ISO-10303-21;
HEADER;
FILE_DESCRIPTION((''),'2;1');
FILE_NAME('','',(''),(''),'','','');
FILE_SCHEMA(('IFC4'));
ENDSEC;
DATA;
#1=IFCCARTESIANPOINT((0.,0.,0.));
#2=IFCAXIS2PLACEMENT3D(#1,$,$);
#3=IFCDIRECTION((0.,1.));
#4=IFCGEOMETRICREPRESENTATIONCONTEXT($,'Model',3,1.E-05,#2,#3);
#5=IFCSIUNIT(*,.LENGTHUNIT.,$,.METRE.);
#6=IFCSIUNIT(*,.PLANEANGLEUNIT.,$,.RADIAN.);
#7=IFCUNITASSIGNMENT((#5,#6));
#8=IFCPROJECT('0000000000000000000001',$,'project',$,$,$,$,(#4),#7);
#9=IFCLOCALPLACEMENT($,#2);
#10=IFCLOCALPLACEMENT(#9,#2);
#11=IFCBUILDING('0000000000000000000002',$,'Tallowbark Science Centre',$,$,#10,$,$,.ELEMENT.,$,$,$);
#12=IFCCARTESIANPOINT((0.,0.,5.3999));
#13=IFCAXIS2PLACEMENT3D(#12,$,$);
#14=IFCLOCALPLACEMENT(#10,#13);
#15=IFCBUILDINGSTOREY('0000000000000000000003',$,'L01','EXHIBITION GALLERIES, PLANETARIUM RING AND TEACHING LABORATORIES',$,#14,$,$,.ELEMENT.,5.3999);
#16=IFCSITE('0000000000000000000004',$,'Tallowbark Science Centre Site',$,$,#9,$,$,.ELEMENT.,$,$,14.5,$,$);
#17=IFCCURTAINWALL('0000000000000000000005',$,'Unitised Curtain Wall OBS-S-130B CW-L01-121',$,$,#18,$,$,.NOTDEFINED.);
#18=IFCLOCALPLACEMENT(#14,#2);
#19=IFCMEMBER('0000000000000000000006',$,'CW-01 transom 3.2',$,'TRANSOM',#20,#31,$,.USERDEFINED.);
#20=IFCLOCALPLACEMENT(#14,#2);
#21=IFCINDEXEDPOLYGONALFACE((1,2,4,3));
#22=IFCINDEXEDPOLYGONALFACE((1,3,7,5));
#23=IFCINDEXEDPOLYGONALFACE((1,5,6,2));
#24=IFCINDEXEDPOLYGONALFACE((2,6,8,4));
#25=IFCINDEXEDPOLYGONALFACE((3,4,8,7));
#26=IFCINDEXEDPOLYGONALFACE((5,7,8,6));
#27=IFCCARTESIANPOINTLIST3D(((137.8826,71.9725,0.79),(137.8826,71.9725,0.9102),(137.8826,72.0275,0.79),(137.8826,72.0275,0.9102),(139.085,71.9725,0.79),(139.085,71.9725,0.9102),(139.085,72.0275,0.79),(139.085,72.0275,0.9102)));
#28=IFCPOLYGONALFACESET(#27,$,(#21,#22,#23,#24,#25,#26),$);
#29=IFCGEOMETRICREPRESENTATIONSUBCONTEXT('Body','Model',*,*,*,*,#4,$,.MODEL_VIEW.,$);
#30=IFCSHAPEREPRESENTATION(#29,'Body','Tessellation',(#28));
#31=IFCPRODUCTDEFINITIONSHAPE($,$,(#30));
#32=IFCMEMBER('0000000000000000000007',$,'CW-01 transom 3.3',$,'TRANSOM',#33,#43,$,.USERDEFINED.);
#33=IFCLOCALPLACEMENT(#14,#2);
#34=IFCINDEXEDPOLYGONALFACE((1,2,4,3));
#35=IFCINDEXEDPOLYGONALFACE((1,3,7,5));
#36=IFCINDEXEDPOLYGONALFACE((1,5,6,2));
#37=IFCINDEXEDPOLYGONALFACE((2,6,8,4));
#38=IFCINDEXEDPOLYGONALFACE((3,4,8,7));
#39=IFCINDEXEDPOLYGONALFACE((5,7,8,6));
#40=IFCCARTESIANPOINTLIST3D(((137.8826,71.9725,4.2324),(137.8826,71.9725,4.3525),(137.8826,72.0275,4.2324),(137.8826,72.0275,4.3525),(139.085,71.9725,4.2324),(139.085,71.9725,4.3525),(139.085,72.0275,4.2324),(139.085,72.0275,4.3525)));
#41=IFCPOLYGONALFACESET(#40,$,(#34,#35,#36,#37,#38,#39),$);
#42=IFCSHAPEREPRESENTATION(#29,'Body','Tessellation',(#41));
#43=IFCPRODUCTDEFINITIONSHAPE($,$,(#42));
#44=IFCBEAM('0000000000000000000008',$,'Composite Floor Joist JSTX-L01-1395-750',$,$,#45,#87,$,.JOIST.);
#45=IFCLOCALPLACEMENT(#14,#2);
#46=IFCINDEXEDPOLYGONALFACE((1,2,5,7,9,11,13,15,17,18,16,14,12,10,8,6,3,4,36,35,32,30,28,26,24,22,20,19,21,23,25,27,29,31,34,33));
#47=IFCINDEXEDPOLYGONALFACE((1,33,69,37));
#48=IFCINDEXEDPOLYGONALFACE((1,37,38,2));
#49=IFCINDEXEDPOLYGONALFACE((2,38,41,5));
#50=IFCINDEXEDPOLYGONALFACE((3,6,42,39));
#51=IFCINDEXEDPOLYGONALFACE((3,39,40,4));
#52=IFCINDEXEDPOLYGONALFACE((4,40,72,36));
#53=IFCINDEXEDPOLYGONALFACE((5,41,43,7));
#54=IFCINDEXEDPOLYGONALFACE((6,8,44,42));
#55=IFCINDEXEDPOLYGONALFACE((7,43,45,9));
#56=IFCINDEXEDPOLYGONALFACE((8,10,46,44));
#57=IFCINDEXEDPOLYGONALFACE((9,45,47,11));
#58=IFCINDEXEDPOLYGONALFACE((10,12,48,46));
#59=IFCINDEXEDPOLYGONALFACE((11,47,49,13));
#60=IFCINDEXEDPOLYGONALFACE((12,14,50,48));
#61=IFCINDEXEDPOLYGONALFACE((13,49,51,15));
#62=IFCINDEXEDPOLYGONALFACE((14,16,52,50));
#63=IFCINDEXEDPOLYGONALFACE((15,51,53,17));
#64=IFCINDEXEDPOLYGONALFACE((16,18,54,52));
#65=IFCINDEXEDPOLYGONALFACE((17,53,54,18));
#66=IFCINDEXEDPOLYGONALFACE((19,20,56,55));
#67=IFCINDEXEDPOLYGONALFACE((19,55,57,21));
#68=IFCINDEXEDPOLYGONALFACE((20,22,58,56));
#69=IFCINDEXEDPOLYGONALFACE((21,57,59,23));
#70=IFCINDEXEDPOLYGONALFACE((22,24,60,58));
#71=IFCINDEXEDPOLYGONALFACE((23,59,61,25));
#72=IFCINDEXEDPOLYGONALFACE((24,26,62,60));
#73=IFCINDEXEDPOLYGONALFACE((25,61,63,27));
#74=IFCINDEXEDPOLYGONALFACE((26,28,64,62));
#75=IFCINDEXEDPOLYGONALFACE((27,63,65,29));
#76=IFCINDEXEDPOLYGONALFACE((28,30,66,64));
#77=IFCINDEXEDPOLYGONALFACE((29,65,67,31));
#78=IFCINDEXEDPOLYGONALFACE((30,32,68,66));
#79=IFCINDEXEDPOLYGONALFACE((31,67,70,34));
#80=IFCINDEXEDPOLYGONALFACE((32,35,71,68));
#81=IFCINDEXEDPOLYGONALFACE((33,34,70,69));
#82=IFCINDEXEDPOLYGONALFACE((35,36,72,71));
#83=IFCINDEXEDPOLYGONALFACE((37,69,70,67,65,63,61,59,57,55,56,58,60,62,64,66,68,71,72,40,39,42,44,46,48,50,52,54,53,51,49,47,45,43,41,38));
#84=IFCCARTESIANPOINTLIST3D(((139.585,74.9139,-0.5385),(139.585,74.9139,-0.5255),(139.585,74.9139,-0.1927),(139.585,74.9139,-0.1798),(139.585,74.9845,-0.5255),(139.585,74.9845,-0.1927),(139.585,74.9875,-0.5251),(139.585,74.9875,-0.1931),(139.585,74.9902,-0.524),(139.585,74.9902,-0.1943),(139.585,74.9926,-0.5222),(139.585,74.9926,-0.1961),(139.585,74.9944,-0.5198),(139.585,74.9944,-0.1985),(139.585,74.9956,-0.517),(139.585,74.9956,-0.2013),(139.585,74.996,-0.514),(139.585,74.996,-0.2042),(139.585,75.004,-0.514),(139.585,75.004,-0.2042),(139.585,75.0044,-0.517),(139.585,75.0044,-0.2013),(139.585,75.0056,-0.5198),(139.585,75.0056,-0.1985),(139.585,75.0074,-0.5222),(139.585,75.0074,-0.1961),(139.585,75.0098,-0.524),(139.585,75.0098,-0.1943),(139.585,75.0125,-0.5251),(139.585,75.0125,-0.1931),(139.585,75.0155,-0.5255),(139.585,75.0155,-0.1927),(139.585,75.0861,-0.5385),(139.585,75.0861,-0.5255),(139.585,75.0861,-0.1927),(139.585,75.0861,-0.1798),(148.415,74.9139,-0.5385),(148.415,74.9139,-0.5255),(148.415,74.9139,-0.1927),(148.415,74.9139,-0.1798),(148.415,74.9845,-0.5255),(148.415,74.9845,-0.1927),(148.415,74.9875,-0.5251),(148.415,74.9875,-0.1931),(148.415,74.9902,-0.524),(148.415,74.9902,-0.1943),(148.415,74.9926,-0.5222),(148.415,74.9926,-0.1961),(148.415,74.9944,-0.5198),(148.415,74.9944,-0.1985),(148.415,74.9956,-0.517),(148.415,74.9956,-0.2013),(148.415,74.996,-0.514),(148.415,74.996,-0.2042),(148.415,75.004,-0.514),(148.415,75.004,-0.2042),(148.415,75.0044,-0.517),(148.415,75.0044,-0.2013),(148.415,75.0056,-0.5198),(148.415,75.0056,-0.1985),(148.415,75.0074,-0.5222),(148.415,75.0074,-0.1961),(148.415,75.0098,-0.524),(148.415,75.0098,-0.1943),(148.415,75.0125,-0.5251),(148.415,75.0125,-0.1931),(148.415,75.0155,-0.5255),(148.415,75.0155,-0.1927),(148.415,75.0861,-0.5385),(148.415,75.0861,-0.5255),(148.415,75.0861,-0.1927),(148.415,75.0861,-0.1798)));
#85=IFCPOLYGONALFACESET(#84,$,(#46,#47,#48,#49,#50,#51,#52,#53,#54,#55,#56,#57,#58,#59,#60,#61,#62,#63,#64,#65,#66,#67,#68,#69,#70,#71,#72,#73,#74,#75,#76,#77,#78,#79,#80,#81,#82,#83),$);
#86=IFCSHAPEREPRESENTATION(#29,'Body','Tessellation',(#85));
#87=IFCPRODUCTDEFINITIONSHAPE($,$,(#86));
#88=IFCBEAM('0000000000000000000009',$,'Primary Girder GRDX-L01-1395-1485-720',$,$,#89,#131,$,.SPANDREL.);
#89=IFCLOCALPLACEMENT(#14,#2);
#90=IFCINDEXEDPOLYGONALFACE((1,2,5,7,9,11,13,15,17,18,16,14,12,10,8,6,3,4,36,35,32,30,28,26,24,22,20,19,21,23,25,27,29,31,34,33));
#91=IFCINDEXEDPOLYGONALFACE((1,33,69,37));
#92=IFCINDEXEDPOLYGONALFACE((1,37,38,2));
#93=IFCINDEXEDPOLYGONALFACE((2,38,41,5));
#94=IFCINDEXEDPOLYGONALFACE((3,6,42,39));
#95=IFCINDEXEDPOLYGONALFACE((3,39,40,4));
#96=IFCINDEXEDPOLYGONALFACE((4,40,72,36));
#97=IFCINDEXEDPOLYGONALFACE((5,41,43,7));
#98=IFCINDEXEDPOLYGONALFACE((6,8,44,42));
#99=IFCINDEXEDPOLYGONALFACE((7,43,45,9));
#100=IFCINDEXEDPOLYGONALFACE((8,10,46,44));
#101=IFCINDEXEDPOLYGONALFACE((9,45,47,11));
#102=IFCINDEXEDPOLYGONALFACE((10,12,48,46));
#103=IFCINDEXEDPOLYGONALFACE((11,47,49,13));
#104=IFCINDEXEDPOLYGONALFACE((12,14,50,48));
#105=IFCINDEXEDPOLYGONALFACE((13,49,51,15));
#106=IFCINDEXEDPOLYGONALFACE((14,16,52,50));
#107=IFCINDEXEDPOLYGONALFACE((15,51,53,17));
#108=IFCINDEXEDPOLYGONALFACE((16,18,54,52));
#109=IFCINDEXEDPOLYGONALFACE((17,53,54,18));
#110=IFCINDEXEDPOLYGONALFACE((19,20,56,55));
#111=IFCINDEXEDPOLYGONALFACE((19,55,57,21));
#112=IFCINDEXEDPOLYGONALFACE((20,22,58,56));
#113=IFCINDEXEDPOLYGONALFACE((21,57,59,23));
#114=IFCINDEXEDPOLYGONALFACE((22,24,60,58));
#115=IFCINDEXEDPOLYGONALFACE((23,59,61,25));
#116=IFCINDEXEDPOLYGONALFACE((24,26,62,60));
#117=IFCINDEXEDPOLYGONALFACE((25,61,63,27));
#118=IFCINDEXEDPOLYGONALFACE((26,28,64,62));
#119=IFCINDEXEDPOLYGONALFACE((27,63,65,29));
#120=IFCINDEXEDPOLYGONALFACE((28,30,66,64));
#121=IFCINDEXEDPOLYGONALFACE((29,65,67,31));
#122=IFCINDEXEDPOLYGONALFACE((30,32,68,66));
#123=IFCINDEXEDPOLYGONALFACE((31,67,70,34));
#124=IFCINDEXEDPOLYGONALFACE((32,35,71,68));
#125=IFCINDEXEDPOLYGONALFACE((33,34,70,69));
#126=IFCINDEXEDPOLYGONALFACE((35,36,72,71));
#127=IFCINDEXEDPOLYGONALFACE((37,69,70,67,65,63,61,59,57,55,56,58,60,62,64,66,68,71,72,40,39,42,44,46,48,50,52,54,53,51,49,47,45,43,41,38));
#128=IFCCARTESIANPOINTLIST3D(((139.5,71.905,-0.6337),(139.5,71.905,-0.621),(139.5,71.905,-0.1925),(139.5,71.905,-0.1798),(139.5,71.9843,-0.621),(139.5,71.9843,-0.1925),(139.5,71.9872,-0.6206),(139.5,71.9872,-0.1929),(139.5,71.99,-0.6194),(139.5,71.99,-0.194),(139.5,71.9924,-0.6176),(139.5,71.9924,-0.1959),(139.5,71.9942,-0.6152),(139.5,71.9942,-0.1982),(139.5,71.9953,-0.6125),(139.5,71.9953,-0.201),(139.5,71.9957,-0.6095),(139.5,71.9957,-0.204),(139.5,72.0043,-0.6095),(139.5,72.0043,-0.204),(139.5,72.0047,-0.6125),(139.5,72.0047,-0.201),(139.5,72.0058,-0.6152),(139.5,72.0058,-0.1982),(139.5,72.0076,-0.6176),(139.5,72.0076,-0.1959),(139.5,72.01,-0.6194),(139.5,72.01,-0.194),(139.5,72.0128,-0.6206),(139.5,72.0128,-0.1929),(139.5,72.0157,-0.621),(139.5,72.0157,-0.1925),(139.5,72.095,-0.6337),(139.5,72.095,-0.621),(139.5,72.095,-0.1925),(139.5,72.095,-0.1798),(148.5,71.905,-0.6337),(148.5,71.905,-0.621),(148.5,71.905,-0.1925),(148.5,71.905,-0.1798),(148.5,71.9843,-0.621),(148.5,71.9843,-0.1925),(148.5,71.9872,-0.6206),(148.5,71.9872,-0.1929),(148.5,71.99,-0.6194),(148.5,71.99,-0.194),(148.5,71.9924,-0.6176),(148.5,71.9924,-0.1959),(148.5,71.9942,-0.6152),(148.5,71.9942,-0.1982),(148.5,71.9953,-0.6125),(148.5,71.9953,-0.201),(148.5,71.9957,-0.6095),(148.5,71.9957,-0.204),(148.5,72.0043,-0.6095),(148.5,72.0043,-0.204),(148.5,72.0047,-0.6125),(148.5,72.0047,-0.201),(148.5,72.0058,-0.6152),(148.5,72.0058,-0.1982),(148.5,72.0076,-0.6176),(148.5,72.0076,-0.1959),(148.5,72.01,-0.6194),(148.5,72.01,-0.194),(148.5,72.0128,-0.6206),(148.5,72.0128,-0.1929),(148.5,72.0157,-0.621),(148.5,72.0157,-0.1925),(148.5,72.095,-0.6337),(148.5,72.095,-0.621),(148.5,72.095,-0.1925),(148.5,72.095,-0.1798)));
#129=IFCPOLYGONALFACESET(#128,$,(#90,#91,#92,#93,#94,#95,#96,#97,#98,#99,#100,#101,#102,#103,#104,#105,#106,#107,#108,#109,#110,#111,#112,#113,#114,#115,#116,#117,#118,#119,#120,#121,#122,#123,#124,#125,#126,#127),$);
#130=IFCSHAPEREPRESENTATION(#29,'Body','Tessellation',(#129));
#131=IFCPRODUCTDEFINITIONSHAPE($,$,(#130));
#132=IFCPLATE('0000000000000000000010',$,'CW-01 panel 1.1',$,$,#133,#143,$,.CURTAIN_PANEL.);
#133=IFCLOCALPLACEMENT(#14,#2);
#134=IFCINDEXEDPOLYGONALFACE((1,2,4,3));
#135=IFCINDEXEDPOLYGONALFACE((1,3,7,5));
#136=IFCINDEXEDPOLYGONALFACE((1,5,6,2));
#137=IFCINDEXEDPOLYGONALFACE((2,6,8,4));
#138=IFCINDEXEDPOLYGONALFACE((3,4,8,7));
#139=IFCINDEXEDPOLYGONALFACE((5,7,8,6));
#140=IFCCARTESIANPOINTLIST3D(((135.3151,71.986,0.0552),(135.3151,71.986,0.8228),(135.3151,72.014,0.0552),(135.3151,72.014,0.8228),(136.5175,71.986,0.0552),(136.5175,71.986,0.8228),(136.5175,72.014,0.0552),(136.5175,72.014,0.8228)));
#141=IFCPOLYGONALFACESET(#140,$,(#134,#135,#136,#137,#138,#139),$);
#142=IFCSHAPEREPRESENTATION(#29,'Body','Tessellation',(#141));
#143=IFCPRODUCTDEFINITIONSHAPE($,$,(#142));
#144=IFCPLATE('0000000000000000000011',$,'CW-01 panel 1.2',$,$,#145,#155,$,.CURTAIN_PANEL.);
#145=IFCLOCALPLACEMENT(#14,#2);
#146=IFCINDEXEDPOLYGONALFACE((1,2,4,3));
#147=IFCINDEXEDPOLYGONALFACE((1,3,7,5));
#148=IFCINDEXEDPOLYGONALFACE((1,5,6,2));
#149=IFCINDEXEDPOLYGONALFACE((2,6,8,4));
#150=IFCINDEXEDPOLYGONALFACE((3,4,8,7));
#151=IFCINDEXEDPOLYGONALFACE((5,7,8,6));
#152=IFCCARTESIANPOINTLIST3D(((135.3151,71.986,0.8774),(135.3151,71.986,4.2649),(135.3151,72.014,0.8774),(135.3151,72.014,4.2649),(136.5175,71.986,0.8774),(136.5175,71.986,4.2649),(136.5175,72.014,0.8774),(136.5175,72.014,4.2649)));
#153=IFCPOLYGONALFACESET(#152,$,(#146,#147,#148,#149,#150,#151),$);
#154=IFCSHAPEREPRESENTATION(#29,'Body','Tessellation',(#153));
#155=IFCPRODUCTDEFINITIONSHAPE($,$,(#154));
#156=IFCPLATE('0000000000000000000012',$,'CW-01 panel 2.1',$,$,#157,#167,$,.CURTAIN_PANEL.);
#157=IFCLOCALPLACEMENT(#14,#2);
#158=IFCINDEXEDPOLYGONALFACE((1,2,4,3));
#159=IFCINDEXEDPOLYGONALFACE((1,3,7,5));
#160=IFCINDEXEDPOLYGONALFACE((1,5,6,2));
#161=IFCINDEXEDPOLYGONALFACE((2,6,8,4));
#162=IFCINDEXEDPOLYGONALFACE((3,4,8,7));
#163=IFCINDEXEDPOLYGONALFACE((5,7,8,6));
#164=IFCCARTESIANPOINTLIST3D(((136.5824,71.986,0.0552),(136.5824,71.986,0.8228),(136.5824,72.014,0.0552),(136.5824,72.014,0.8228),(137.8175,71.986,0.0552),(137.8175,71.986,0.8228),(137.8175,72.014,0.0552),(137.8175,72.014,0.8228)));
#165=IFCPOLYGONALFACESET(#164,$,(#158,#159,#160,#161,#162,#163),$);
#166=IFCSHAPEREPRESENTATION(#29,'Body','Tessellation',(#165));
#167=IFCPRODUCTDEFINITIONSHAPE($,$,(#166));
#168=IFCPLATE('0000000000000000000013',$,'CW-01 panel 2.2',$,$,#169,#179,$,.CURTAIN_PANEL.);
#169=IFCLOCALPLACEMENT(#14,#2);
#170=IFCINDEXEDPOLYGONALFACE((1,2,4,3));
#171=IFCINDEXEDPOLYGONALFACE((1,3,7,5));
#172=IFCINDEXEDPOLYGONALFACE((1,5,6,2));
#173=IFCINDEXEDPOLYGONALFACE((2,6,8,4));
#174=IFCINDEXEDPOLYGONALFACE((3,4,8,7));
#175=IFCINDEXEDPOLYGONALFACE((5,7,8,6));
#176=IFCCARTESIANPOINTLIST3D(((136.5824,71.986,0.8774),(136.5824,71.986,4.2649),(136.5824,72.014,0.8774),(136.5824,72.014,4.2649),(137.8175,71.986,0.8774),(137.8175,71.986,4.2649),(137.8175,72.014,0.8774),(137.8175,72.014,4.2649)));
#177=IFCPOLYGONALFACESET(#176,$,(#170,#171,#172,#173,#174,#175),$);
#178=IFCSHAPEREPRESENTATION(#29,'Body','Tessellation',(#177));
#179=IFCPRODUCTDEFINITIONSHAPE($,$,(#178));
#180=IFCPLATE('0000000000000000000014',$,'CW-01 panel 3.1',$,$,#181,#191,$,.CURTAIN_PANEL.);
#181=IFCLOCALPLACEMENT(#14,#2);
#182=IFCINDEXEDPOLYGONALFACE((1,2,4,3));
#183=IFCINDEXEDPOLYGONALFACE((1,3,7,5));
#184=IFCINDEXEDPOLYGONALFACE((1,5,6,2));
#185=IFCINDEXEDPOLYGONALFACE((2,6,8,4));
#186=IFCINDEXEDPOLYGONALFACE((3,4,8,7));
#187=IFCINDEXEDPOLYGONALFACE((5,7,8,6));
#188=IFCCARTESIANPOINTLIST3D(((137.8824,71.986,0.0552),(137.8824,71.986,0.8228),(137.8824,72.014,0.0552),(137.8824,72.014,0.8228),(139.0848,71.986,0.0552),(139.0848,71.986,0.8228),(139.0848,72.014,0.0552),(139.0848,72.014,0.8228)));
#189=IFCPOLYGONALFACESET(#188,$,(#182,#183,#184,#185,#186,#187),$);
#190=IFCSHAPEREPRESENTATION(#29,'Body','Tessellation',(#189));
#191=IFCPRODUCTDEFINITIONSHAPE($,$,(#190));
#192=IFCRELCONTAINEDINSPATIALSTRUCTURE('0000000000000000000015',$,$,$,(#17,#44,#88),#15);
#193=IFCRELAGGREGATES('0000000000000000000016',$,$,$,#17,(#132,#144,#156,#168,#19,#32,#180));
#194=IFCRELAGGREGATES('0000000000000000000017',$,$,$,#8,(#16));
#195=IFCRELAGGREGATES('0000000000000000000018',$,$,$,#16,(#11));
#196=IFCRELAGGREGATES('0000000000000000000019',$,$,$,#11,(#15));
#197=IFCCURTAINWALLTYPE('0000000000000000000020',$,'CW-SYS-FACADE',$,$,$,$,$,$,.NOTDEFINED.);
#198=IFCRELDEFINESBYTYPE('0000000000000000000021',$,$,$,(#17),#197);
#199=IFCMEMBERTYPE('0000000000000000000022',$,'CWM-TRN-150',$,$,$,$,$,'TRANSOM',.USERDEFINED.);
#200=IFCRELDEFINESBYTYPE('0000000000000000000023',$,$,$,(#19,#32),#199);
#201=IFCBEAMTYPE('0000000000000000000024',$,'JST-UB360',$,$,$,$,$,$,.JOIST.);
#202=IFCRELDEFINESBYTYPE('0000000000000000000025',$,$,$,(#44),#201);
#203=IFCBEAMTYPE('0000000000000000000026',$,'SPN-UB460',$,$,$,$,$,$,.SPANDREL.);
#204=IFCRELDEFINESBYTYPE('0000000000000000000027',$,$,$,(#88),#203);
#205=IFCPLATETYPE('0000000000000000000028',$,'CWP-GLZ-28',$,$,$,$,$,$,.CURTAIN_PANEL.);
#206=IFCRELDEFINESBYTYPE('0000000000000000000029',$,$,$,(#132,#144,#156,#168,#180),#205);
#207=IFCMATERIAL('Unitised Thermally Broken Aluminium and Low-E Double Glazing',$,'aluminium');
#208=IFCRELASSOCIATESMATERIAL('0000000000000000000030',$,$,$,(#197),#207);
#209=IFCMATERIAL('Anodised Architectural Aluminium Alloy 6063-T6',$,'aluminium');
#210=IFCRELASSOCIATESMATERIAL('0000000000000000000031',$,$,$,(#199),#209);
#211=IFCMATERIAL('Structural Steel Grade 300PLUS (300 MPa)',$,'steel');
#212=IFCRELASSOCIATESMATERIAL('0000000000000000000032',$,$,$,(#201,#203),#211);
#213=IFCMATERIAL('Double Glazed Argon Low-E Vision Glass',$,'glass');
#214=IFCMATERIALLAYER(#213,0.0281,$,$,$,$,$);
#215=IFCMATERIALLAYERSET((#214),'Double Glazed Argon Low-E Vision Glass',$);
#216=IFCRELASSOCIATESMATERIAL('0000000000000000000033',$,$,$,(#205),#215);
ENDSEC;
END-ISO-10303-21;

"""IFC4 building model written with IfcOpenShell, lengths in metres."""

from ifc_helpers import new_model, si_unit, direction, frame, origin, origin_2d, place, context, subcontext, project, spatial, rectangle, i_section, extrude, material, layer, layer_set, material_profile, profile_set, type_object, element, aggregate, save


model = new_model("IFC4")

# Units and contexts
model_context = context("Model", 3, precision=1e-05, world=origin(), true_north=direction((0.0, 1.0)))
body_context = subcontext(model_context, "Body", "Model", "MODEL_VIEW")
ifc_project = project(units=[si_unit("LENGTHUNIT", "METRE"), si_unit("PLANEANGLEUNIT", "RADIAN")], contexts=[model_context])

# Site, building, storey
site_placement = place(None, origin())
site = spatial("IfcSite", under=ifc_project, at=site_placement, Name="Tallowbark Science Centre Site", CompositionType="ELEMENT", RefElevation=14.5)
building_placement = place(site_placement, origin())
building = spatial("IfcBuilding", under=site, at=building_placement, Name="Tallowbark Science Centre", CompositionType="ELEMENT")
storey_placement = place(building_placement, frame((0.0, 0.0, 5.3999)))
storey = spatial("IfcBuildingStorey", under=building, at=storey_placement, Name="L01", Description="EXHIBITION GALLERIES, PLANETARIUM RING AND TEACHING LABORATORIES", CompositionType="ELEMENT", Elevation=5.3999)

# Shared definitions
ifc_material_1 = material(Name="Structural Steel Grade 300PLUS (300 MPa)", Category="steel")

# Curtain wall, members
ifc_material_2 = material(Name="Unitised Thermally Broken Aluminium and Low-E Double Glazing", Category="aluminium")
curtain_wall_type = type_object("IfcCurtainWallType", Name="CW-SYS-FACADE", PredefinedType="NOTDEFINED", material=ifc_material_2)
curtain_wall_placement = place(storey_placement, origin())
curtain_wall = element("IfcCurtainWall", 1, at=curtain_wall_placement, inside=storey, type_object=curtain_wall_type, Name="Unitised Curtain Wall OBS-S-130B CW-L01-121", PredefinedType="NOTDEFINED")
ifc_material_3 = material(Name="Anodised Architectural Aluminium Alloy 6063-T6", Category="aluminium")
ifc_material_profile_1 = material_profile(ifc_material_3, rectangle(XDim=0.0549, YDim=0.1201, at=origin_2d()), Name="ALU55x120")
ifc_profile_set_1 = profile_set([ifc_material_profile_1], Name="Anodised Architectural Aluminium Alloy 6063-T6")
member_type_1 = type_object("IfcMemberType", Name="CWM-TRN-150", ElementType="TRANSOM", PredefinedType="USERDEFINED", material=ifc_profile_set_1)
member_1_placement = place(storey_placement, frame((137.8826, 72.0, 0.8501), z_axis=(1.0, 0.0, 0.0), x_axis=(0.0, 1.0, 0.0)))
member_1 = element("IfcMember", 2, at=member_1_placement, type_object=member_type_1, Name="CW-01 transom 3.2", ObjectType="TRANSOM", PredefinedType="USERDEFINED", context=body_context, shape_type="SweptSolid", body=[
    extrude(rectangle(XDim=0.0549, YDim=0.1201, at=origin_2d()), origin(), (0.0, 0.0, 1.0), 1.2024),
])
member_2_placement = place(storey_placement, frame((137.8826, 72.0, 4.2925), z_axis=(1.0, 0.0, 0.0), x_axis=(0.0, 1.0, 0.0)))
member_2 = element("IfcMember", 3, at=member_2_placement, type_object=member_type_1, Name="CW-01 transom 3.3", ObjectType="TRANSOM", PredefinedType="USERDEFINED", context=body_context, shape_type="SweptSolid", body=[
    extrude(rectangle(XDim=0.0549, YDim=0.1201, at=origin_2d()), origin(), (0.0, 0.0, 1.0), 1.2024),
])

# Beams
ifc_material_profile_2 = material_profile(ifc_material_1, i_section(OverallWidth=0.1721, OverallDepth=0.3586, WebThickness=0.0081, FlangeThickness=0.0129, FilletRadius=0.0115, at=origin_2d()), Name="360UB56.7")
ifc_profile_set_2 = profile_set([ifc_material_profile_2], Name="Structural Steel Grade 300PLUS (300 MPa)")
beam_type_1 = type_object("IfcBeamType", Name="JST-UB360", PredefinedType="JOIST", material=ifc_profile_set_2)
beam_1_placement = place(storey_placement, frame((139.585, 75.0, -0.3591), z_axis=(1.0, 0.0, 0.0), x_axis=(0.0, 1.0, 0.0)))
element("IfcBeam", 4, at=beam_1_placement, inside=storey, type_object=beam_type_1, Name="Composite Floor Joist JSTX-L01-1395-750", PredefinedType="JOIST", context=body_context, shape_type="SweptSolid", body=[
    extrude(i_section(OverallWidth=0.1721, OverallDepth=0.3586, WebThickness=0.0081, FlangeThickness=0.0129, FilletRadius=0.0115, at=origin_2d()), origin(), (0.0, 0.0, 1.0), 8.8301),
])
ifc_material_profile_3 = material_profile(ifc_material_1, i_section(OverallWidth=0.1899, OverallDepth=0.4539, WebThickness=0.0085, FlangeThickness=0.0127, FilletRadius=0.0115, at=origin_2d()), Name="460UB67.1")
ifc_profile_set_3 = profile_set([ifc_material_profile_3], Name="Structural Steel Grade 300PLUS (300 MPa)")
beam_type_2 = type_object("IfcBeamType", Name="SPN-UB460", PredefinedType="SPANDREL", material=ifc_profile_set_3)
beam_2_placement = place(storey_placement, frame((139.5, 72.0, -0.4067), z_axis=(1.0, 0.0, 0.0), x_axis=(0.0, 1.0, 0.0)))
element("IfcBeam", 5, at=beam_2_placement, inside=storey, type_object=beam_type_2, Name="Primary Girder GRDX-L01-1395-1485-720", PredefinedType="SPANDREL", context=body_context, shape_type="SweptSolid", body=[
    extrude(i_section(OverallWidth=0.1899, OverallDepth=0.4539, WebThickness=0.0085, FlangeThickness=0.0127, FilletRadius=0.0115, at=origin_2d()), origin(), (0.0, 0.0, 1.0), 9.0),
])

# Plates
ifc_material_4 = material(Name="Double Glazed Argon Low-E Vision Glass", Category="glass")
ifc_layer_1 = layer(ifc_material_4, 0.0281)
ifc_layer_set_1 = layer_set([ifc_layer_1], Name="Double Glazed Argon Low-E Vision Glass")
plate_type = type_object("IfcPlateType", Name="CWP-GLZ-28", PredefinedType="CURTAIN_PANEL", material=ifc_layer_set_1)
plate_1_placement = place(storey_placement, frame((135.9163, 72.0, 0.0552), z_axis=(0.0, 0.0, 1.0), x_axis=(1.0, 0.0, 0.0)))
plate_1 = element("IfcPlate", 6, at=plate_1_placement, type_object=plate_type, Name="CW-01 panel 1.1", PredefinedType="CURTAIN_PANEL", context=body_context, shape_type="SweptSolid", body=[
    extrude(rectangle(XDim=1.2024, YDim=0.0281, at=origin_2d()), origin(), (0.0, 0.0, 1.0), 0.7676),
])
plate_2_placement = place(storey_placement, frame((135.9163, 72.0, 0.8774), z_axis=(0.0, 0.0, 1.0), x_axis=(1.0, 0.0, 0.0)))
plate_2 = element("IfcPlate", 7, at=plate_2_placement, type_object=plate_type, Name="CW-01 panel 1.2", PredefinedType="CURTAIN_PANEL", context=body_context, shape_type="SweptSolid", body=[
    extrude(rectangle(XDim=1.2024, YDim=0.0281, at=origin_2d()), origin(), (0.0, 0.0, 1.0), 3.3875),
])
plate_3_placement = place(storey_placement, frame((137.2, 72.0, 0.0552), z_axis=(0.0, 0.0, 1.0), x_axis=(1.0, 0.0, 0.0)))
plate_3 = element("IfcPlate", 8, at=plate_3_placement, type_object=plate_type, Name="CW-01 panel 2.1", PredefinedType="CURTAIN_PANEL", context=body_context, shape_type="SweptSolid", body=[
    extrude(rectangle(XDim=1.2351, YDim=0.0281, at=origin_2d()), origin(), (0.0, 0.0, 1.0), 0.7676),
])
plate_4_placement = place(storey_placement, frame((137.2, 72.0, 0.8774), z_axis=(0.0, 0.0, 1.0), x_axis=(1.0, 0.0, 0.0)))
plate_4 = element("IfcPlate", 9, at=plate_4_placement, type_object=plate_type, Name="CW-01 panel 2.2", PredefinedType="CURTAIN_PANEL", context=body_context, shape_type="SweptSolid", body=[
    extrude(rectangle(XDim=1.2351, YDim=0.0281, at=origin_2d()), origin(), (0.0, 0.0, 1.0), 3.3875),
])
plate_5_placement = place(storey_placement, frame((138.4836, 72.0, 0.0552), z_axis=(0.0, 0.0, 1.0), x_axis=(1.0, 0.0, 0.0)))
plate_5 = element("IfcPlate", 10, at=plate_5_placement, type_object=plate_type, Name="CW-01 panel 3.1", PredefinedType="CURTAIN_PANEL", context=body_context, shape_type="SweptSolid", body=[
    extrude(rectangle(XDim=1.2024, YDim=0.0281, at=origin_2d()), origin(), (0.0, 0.0, 1.0), 0.7676),
])
aggregate(curtain_wall, [plate_1, plate_2, plate_3, plate_4, member_1, member_2, plate_5])

save(model, "model.ifc")
